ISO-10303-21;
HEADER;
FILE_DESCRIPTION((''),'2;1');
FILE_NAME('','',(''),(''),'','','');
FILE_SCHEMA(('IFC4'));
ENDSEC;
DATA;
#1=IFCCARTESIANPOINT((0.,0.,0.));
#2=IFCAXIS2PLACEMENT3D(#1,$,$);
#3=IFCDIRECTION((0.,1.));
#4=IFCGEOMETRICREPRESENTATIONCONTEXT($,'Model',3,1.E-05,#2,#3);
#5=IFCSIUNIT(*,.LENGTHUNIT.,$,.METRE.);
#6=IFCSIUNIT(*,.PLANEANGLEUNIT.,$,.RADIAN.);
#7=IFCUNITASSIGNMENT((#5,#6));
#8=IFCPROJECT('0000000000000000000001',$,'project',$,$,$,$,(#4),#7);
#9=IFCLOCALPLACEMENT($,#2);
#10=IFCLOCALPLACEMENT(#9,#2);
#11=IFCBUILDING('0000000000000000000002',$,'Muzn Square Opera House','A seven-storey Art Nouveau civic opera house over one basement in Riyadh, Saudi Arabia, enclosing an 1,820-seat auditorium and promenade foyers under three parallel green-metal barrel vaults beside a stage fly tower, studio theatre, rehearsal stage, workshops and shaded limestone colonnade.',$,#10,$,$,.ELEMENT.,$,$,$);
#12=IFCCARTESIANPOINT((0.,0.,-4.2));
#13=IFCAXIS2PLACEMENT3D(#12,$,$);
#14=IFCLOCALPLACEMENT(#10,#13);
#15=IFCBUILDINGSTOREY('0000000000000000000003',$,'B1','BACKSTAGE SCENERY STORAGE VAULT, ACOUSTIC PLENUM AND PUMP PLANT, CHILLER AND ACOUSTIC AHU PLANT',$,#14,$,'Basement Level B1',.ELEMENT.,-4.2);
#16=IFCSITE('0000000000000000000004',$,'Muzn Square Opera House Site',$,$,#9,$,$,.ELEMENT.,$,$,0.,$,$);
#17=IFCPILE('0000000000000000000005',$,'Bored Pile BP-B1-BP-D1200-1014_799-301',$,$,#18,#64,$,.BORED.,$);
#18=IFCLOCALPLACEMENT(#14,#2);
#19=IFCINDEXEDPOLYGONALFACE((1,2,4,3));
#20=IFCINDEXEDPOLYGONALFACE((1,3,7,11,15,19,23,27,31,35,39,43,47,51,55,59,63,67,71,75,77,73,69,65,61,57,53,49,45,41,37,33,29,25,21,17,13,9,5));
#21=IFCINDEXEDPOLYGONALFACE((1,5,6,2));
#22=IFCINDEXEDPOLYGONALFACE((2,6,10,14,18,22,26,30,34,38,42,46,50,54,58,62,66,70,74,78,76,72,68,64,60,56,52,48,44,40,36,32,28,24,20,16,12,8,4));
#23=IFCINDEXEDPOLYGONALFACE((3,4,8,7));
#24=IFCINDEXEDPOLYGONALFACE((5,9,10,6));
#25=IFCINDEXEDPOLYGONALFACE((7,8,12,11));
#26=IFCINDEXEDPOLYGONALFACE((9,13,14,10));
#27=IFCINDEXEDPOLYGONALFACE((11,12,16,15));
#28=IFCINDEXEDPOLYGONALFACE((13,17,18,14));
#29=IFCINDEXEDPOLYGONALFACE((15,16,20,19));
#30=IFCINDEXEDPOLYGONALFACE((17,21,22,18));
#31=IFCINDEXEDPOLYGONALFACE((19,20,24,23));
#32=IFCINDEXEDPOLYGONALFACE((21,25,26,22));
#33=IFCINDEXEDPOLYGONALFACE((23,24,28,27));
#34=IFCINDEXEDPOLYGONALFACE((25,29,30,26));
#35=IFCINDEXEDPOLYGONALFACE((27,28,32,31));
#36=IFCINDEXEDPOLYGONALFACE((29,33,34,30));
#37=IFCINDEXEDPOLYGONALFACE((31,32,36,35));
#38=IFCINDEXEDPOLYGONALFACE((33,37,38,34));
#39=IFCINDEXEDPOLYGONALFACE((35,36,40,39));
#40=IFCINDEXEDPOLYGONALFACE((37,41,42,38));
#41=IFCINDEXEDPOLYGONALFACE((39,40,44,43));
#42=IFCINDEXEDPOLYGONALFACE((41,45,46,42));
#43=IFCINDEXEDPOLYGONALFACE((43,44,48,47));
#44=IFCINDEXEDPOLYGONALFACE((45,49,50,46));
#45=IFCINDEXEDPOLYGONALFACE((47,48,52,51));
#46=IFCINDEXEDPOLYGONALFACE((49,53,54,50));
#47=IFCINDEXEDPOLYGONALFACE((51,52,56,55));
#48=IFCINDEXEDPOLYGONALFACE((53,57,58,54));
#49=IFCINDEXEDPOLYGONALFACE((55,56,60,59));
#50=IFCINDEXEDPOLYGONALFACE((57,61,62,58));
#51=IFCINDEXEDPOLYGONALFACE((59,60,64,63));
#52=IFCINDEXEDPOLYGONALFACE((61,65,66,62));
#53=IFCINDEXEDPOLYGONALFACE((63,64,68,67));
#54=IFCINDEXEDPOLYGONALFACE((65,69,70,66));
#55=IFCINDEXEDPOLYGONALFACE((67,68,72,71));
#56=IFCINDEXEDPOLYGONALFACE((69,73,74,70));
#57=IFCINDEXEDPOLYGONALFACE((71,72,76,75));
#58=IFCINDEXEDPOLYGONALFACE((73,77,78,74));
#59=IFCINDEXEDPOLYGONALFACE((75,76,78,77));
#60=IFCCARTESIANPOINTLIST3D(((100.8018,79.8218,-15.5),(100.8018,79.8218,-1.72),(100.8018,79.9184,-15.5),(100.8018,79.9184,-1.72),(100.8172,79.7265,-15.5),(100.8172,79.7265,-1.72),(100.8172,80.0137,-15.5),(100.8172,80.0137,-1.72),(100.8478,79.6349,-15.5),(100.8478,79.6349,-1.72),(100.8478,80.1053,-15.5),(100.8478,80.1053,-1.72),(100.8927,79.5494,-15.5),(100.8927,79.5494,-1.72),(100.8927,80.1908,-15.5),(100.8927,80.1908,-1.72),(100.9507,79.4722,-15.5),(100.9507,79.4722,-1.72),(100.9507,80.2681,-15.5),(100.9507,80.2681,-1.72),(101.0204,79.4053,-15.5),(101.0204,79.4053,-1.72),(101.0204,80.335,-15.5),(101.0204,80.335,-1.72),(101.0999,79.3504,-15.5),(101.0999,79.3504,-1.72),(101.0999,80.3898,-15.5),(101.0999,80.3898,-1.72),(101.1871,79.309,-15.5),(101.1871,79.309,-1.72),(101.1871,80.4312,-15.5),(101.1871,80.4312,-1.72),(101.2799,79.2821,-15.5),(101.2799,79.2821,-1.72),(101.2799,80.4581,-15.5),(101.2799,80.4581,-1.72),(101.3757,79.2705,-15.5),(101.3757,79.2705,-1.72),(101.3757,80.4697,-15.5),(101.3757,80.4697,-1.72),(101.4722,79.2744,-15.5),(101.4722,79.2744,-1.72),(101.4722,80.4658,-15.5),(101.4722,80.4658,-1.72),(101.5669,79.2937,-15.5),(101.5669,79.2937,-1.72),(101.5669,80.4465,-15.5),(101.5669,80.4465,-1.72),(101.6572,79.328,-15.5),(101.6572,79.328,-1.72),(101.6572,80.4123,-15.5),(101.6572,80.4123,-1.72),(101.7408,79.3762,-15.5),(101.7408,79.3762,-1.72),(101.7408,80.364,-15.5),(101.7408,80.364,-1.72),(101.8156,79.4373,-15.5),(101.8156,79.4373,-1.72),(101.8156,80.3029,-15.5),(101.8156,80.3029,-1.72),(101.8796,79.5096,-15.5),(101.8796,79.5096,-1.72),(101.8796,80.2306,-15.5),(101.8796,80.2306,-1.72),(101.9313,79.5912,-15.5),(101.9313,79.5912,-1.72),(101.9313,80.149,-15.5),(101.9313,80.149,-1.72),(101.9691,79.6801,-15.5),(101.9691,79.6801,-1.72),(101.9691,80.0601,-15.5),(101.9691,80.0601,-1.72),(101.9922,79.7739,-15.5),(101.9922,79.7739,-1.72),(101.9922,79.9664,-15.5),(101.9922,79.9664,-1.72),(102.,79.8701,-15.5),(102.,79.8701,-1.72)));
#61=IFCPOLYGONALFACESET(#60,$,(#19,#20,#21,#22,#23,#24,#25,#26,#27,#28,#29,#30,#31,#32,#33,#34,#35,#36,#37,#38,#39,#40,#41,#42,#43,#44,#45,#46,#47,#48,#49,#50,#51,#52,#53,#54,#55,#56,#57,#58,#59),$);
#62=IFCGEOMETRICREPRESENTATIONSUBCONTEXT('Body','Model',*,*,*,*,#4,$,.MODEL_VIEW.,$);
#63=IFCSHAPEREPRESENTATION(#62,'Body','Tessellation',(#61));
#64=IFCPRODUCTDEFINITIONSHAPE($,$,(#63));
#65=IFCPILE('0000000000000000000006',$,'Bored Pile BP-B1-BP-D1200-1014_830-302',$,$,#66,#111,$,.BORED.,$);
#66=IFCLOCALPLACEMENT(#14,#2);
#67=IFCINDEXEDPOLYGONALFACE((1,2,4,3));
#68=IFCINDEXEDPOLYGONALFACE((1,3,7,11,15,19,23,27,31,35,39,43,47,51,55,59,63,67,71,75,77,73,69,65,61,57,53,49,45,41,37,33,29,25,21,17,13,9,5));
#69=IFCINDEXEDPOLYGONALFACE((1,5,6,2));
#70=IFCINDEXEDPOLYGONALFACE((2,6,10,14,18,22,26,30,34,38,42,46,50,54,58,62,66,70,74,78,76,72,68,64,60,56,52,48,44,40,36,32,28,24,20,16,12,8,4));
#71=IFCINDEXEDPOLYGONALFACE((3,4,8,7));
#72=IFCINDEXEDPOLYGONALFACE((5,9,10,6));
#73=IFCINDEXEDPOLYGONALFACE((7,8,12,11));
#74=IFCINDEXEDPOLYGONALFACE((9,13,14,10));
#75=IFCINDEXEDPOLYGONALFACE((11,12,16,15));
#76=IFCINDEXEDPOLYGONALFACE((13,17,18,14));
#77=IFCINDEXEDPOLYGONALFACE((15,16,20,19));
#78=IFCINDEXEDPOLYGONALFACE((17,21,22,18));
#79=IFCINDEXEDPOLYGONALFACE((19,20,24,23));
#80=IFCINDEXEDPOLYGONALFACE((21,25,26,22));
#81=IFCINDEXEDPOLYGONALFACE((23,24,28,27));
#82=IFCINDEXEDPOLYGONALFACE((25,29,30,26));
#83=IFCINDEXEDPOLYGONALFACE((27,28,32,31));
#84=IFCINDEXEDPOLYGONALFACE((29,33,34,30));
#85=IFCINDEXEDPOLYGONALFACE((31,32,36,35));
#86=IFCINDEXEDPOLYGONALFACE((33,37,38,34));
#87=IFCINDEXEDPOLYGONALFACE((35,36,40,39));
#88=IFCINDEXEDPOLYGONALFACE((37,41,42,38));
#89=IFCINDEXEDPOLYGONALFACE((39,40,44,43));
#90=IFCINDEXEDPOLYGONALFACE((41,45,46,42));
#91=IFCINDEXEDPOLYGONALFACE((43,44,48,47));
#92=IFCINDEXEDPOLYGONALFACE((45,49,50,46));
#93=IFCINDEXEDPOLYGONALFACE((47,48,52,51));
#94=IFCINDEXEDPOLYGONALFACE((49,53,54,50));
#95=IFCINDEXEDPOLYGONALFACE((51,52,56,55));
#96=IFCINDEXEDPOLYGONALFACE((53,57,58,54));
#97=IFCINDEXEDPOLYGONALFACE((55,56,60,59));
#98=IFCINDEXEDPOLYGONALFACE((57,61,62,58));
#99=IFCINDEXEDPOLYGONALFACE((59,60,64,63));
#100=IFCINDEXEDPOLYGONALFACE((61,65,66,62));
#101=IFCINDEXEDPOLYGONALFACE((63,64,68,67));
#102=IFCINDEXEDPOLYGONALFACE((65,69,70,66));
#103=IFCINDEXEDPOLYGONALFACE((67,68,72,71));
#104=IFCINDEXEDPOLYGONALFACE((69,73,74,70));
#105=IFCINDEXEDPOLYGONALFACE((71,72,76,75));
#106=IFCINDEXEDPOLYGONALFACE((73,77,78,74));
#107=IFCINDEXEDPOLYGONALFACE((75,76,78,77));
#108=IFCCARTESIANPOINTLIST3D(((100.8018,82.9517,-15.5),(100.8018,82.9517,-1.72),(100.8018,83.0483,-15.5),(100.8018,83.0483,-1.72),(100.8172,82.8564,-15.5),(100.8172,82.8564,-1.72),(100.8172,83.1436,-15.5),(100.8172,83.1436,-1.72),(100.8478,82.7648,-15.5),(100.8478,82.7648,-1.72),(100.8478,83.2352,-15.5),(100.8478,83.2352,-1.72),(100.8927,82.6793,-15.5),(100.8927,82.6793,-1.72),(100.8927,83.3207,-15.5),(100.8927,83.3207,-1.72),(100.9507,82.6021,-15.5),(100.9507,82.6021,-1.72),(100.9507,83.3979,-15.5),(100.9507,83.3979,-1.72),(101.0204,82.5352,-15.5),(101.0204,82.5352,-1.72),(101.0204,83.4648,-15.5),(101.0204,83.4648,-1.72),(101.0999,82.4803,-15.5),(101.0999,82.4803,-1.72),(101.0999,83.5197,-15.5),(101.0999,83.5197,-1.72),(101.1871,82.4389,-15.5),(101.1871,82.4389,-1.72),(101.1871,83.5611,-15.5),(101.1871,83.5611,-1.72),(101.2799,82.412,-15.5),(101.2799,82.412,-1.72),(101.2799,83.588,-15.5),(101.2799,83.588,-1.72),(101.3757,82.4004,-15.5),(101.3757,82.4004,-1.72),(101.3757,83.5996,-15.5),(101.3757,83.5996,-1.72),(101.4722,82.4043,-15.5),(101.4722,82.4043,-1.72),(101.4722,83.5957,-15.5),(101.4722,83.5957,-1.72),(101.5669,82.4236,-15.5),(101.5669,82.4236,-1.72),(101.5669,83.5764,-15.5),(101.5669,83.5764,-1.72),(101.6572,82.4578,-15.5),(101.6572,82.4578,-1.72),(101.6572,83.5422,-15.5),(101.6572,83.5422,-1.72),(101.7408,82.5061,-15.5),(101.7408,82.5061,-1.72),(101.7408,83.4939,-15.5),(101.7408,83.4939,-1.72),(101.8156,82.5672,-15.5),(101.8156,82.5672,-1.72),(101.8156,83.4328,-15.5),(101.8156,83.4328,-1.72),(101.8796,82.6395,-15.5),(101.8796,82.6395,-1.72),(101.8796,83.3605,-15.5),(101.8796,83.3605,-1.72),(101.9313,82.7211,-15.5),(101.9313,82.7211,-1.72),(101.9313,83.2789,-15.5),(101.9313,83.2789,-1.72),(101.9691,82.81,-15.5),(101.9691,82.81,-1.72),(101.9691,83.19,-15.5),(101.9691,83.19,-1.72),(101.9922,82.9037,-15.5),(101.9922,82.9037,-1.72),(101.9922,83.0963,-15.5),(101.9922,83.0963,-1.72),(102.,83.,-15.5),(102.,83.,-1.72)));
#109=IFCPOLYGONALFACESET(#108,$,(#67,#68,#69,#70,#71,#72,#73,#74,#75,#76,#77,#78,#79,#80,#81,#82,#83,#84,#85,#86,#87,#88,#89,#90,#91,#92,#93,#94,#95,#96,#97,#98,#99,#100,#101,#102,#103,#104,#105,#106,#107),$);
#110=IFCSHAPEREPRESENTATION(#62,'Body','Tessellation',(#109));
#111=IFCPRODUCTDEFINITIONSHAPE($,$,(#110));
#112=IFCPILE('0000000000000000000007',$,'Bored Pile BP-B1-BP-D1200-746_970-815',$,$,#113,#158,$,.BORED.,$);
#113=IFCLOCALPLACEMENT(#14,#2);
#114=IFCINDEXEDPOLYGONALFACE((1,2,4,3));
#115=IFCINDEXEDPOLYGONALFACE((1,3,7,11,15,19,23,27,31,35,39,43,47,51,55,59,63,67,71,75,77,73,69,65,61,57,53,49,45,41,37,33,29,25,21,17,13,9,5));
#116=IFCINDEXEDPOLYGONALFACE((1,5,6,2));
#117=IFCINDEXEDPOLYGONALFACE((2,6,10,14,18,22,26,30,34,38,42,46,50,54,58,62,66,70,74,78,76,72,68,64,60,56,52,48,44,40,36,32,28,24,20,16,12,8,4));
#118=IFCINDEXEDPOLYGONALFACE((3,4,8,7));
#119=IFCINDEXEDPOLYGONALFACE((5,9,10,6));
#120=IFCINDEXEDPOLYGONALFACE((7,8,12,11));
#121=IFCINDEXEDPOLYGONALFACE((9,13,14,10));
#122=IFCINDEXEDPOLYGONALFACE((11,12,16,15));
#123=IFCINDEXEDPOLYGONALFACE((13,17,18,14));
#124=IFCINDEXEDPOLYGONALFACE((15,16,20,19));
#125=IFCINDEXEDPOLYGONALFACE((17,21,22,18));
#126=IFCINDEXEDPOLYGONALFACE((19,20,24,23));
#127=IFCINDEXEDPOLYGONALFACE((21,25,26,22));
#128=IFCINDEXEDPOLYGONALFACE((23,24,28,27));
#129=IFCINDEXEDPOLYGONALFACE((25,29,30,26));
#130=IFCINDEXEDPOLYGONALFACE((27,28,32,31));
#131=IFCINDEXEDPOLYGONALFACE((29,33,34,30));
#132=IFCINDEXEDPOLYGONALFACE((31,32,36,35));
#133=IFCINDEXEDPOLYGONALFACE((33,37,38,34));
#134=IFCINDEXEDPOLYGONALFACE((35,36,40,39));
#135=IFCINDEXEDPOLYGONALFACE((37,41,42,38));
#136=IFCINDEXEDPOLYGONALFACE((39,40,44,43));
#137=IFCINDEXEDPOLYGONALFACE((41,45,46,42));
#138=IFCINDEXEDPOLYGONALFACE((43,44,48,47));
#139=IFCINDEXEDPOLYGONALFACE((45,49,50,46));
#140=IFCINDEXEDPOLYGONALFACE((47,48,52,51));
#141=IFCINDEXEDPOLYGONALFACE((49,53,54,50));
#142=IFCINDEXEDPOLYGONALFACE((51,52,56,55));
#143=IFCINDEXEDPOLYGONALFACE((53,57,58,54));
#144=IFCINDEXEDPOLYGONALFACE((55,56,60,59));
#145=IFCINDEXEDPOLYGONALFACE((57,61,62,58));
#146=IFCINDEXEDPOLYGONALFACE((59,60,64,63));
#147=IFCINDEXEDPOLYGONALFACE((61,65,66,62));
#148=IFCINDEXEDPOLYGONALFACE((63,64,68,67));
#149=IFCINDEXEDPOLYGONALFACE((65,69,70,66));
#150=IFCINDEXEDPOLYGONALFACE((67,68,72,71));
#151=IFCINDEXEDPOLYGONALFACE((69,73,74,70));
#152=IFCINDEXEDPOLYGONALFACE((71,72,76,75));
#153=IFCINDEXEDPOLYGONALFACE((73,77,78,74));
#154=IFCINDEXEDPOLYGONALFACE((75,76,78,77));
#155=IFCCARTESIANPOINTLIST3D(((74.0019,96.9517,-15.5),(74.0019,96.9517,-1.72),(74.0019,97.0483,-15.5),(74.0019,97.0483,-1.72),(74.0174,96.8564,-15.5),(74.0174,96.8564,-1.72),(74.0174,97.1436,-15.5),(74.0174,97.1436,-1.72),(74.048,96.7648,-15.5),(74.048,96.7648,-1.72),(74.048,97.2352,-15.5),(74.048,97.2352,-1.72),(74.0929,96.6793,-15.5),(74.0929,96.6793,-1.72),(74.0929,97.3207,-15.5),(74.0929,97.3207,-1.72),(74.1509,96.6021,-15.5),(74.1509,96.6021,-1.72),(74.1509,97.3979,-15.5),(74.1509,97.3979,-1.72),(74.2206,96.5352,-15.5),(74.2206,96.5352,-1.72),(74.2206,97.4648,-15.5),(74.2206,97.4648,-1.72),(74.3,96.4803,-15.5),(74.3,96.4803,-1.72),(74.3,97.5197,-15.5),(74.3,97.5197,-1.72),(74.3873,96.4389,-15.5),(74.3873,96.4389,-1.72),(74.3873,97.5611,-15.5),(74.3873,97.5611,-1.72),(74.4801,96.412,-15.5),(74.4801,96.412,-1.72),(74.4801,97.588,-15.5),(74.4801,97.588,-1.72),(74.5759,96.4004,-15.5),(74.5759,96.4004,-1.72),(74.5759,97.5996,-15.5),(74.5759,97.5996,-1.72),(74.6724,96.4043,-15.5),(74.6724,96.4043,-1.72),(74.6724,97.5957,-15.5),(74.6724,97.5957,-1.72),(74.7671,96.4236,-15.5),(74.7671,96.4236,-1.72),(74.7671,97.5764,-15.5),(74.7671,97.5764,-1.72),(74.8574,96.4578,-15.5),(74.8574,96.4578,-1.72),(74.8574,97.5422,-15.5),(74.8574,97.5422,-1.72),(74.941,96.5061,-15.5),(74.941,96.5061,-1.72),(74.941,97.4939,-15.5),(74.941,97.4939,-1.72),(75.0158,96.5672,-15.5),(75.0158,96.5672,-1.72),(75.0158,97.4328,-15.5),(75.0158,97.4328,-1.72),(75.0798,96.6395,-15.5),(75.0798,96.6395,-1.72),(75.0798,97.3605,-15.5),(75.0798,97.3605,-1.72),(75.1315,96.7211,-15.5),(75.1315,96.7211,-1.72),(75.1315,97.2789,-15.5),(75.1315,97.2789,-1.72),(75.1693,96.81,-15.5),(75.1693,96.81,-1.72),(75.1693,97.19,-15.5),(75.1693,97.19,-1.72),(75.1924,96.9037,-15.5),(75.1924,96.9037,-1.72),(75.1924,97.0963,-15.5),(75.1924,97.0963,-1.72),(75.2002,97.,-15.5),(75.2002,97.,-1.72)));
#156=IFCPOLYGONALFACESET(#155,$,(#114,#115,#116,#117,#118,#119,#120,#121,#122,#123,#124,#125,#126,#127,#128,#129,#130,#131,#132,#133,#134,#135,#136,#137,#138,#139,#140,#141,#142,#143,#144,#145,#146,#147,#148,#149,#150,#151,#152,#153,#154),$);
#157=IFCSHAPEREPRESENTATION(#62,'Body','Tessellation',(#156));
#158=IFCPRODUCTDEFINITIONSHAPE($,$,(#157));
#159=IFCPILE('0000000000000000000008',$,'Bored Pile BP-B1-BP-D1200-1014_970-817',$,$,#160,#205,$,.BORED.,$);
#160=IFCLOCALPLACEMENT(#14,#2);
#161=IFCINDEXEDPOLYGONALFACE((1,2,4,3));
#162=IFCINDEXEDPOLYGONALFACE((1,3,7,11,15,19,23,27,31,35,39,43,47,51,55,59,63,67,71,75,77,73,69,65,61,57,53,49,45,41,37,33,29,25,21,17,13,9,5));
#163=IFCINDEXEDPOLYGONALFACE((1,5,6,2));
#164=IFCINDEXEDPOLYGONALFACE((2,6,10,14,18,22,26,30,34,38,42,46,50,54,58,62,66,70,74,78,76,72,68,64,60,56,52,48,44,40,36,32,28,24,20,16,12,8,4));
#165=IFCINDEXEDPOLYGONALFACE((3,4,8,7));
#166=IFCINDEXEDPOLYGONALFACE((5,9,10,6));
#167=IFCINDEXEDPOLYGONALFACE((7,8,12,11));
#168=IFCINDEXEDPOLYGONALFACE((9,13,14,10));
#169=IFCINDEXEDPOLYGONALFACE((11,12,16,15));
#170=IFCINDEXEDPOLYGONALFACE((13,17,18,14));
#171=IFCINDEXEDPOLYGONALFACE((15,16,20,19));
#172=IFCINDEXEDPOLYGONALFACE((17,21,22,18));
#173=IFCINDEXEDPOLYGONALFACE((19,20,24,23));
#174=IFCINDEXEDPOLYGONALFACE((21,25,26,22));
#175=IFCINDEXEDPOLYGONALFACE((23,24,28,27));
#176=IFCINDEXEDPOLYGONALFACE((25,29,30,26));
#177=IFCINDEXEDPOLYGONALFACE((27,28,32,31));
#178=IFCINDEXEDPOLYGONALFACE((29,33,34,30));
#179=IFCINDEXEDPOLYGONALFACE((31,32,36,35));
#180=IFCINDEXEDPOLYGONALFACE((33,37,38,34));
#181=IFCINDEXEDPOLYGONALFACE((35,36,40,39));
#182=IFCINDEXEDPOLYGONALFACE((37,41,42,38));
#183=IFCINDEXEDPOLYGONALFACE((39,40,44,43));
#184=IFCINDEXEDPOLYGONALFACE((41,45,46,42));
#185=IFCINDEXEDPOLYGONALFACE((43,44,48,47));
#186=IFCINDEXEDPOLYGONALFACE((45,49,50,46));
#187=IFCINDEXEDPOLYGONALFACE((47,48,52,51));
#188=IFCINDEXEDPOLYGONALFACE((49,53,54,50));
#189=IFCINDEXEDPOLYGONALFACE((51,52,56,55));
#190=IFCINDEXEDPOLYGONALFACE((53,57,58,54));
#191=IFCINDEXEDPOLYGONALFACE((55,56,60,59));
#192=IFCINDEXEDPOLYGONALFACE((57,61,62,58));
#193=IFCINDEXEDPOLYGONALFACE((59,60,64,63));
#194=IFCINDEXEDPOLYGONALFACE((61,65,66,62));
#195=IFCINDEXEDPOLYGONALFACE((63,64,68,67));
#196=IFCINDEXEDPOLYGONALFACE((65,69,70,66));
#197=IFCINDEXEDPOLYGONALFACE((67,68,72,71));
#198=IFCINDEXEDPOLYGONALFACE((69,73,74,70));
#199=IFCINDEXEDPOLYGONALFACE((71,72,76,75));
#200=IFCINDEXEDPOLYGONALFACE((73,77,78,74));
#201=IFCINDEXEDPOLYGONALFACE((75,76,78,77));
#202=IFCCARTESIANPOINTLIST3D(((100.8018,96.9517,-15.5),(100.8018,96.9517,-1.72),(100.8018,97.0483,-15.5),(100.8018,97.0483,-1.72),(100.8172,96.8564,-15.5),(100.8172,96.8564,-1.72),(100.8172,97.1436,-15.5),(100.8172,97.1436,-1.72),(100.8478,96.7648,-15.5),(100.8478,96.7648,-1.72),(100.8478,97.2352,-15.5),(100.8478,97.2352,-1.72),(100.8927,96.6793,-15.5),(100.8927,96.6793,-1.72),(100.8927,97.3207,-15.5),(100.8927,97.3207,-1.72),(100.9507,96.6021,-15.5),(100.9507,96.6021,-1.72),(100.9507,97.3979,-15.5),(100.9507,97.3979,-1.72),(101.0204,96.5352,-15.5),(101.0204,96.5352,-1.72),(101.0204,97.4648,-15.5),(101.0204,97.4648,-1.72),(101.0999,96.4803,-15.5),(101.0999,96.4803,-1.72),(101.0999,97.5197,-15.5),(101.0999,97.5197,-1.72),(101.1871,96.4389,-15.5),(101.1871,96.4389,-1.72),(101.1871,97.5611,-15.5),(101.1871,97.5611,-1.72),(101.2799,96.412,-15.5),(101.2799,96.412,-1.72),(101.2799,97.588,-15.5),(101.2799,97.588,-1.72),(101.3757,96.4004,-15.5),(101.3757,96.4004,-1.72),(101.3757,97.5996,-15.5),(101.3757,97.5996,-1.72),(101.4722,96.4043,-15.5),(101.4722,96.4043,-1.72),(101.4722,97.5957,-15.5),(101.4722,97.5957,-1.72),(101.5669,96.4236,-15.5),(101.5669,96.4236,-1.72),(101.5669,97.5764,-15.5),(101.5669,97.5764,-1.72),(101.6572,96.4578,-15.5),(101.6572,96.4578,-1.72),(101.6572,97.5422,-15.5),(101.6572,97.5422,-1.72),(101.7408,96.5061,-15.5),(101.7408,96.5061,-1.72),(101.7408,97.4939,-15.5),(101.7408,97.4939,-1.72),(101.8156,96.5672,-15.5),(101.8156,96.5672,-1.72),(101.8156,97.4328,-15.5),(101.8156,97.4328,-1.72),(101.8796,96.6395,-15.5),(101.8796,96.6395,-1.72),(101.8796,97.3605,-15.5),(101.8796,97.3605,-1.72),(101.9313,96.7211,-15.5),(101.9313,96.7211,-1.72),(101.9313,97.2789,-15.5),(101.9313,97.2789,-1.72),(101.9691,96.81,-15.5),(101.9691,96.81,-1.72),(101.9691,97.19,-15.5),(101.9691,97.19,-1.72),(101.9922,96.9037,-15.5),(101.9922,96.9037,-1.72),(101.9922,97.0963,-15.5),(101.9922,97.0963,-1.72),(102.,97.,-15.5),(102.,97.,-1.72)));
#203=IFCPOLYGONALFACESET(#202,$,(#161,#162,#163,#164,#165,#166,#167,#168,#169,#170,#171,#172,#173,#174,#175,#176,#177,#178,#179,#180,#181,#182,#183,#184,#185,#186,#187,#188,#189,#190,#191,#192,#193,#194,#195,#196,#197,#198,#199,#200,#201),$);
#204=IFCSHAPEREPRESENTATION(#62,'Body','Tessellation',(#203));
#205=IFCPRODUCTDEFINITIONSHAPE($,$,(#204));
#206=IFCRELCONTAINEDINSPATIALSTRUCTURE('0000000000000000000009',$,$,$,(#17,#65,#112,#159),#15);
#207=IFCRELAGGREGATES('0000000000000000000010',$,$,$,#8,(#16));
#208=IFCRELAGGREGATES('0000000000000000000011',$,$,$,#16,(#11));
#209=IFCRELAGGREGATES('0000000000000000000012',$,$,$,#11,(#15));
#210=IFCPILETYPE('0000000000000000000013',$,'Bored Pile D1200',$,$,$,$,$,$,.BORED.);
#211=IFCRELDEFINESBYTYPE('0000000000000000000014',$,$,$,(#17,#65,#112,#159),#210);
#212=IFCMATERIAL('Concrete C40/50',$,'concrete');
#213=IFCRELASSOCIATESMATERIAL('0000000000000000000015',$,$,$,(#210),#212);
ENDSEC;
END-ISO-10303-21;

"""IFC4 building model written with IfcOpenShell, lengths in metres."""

from ifc_helpers import new_model, si_unit, direction, frame, origin, origin_2d, place, context, subcontext, project, spatial, circle, extrude, material, material_profile, profile_set, type_object, element, save


model = new_model("IFC4")

# Units and contexts
model_context = context("Model", 3, precision=1e-05, world=origin(), true_north=direction((0.0, 1.0)))
body_context = subcontext(model_context, "Body", "Model", "MODEL_VIEW")
ifc_project = project(units=[si_unit("LENGTHUNIT", "METRE"), si_unit("PLANEANGLEUNIT", "RADIAN")], contexts=[model_context])

# Site, building, storey
site_placement = place(None, origin())
site = spatial("IfcSite", under=ifc_project, at=site_placement, Name="Muzn Square Opera House Site", CompositionType="ELEMENT", RefElevation=0.0)
building_placement = place(site_placement, origin())
building = spatial("IfcBuilding", under=site, at=building_placement, Name="Muzn Square Opera House", Description="A seven-storey Art Nouveau civic opera house over one basement in Riyadh, Saudi Arabia, enclosing an 1,820-seat auditorium and promenade foyers under three parallel green-metal barrel vaults beside a stage fly tower, studio theatre, rehearsal stage, workshops and shaded limestone colonnade.", CompositionType="ELEMENT")
storey_placement = place(building_placement, frame((0.0, 0.0, -4.2)))
storey = spatial("IfcBuildingStorey", under=building, at=storey_placement, Name="B1", Description="BACKSTAGE SCENERY STORAGE VAULT, ACOUSTIC PLENUM AND PUMP PLANT, CHILLER AND ACOUSTIC AHU PLANT", LongName="Basement Level B1", CompositionType="ELEMENT", Elevation=-4.2)

# Piles
ifc_material_1 = material(Name="Concrete C40/50", Category="concrete")
ifc_material_profile_1 = material_profile(ifc_material_1, circle(Radius=0.6001, at=origin_2d()), Name="BORED PILE D1200", Category="concrete")
ifc_profile_set_1 = profile_set([ifc_material_profile_1], Name="Concrete C40/50")
pile_type_1 = type_object("IfcPileType", Name="Bored Pile D1200", PredefinedType="BORED", material=ifc_profile_set_1)
for number, where, z_axis, x_axis, name in (
    (1, (101.3999, 79.8701, -1.72), (0.0, 0.0, -1.0), (1.0, 0.0, 0.0), "Bored Pile BP-B1-BP-D1200-1014_799-301"),
    (2, (101.3999, 83.0, -1.72), (0.0, 0.0, -1.0), (1.0, 0.0, 0.0), "Bored Pile BP-B1-BP-D1200-1014_830-302"),
    (3, (74.6001, 97.0, -1.72), (0.0, 0.0, -1.0), (1.0, 0.0, 0.0), "Bored Pile BP-B1-BP-D1200-746_970-815"),
    (4, (101.3999, 97.0, -1.72), (0.0, 0.0, -1.0), (1.0, 0.0, 0.0), "Bored Pile BP-B1-BP-D1200-1014_970-817"),
):
    element("IfcPile", number, at=place(storey_placement, frame(where, z_axis=z_axis, x_axis=x_axis)), inside=storey, type_object=pile_type_1, Name=name, PredefinedType="BORED", context=body_context, shape_type="SweptSolid", body=[
        extrude(circle(Radius=0.6001, at=origin_2d()), origin(), (0.0, 0.0, 1.0), 13.78),
    ])

save(model, "model.ifc")
